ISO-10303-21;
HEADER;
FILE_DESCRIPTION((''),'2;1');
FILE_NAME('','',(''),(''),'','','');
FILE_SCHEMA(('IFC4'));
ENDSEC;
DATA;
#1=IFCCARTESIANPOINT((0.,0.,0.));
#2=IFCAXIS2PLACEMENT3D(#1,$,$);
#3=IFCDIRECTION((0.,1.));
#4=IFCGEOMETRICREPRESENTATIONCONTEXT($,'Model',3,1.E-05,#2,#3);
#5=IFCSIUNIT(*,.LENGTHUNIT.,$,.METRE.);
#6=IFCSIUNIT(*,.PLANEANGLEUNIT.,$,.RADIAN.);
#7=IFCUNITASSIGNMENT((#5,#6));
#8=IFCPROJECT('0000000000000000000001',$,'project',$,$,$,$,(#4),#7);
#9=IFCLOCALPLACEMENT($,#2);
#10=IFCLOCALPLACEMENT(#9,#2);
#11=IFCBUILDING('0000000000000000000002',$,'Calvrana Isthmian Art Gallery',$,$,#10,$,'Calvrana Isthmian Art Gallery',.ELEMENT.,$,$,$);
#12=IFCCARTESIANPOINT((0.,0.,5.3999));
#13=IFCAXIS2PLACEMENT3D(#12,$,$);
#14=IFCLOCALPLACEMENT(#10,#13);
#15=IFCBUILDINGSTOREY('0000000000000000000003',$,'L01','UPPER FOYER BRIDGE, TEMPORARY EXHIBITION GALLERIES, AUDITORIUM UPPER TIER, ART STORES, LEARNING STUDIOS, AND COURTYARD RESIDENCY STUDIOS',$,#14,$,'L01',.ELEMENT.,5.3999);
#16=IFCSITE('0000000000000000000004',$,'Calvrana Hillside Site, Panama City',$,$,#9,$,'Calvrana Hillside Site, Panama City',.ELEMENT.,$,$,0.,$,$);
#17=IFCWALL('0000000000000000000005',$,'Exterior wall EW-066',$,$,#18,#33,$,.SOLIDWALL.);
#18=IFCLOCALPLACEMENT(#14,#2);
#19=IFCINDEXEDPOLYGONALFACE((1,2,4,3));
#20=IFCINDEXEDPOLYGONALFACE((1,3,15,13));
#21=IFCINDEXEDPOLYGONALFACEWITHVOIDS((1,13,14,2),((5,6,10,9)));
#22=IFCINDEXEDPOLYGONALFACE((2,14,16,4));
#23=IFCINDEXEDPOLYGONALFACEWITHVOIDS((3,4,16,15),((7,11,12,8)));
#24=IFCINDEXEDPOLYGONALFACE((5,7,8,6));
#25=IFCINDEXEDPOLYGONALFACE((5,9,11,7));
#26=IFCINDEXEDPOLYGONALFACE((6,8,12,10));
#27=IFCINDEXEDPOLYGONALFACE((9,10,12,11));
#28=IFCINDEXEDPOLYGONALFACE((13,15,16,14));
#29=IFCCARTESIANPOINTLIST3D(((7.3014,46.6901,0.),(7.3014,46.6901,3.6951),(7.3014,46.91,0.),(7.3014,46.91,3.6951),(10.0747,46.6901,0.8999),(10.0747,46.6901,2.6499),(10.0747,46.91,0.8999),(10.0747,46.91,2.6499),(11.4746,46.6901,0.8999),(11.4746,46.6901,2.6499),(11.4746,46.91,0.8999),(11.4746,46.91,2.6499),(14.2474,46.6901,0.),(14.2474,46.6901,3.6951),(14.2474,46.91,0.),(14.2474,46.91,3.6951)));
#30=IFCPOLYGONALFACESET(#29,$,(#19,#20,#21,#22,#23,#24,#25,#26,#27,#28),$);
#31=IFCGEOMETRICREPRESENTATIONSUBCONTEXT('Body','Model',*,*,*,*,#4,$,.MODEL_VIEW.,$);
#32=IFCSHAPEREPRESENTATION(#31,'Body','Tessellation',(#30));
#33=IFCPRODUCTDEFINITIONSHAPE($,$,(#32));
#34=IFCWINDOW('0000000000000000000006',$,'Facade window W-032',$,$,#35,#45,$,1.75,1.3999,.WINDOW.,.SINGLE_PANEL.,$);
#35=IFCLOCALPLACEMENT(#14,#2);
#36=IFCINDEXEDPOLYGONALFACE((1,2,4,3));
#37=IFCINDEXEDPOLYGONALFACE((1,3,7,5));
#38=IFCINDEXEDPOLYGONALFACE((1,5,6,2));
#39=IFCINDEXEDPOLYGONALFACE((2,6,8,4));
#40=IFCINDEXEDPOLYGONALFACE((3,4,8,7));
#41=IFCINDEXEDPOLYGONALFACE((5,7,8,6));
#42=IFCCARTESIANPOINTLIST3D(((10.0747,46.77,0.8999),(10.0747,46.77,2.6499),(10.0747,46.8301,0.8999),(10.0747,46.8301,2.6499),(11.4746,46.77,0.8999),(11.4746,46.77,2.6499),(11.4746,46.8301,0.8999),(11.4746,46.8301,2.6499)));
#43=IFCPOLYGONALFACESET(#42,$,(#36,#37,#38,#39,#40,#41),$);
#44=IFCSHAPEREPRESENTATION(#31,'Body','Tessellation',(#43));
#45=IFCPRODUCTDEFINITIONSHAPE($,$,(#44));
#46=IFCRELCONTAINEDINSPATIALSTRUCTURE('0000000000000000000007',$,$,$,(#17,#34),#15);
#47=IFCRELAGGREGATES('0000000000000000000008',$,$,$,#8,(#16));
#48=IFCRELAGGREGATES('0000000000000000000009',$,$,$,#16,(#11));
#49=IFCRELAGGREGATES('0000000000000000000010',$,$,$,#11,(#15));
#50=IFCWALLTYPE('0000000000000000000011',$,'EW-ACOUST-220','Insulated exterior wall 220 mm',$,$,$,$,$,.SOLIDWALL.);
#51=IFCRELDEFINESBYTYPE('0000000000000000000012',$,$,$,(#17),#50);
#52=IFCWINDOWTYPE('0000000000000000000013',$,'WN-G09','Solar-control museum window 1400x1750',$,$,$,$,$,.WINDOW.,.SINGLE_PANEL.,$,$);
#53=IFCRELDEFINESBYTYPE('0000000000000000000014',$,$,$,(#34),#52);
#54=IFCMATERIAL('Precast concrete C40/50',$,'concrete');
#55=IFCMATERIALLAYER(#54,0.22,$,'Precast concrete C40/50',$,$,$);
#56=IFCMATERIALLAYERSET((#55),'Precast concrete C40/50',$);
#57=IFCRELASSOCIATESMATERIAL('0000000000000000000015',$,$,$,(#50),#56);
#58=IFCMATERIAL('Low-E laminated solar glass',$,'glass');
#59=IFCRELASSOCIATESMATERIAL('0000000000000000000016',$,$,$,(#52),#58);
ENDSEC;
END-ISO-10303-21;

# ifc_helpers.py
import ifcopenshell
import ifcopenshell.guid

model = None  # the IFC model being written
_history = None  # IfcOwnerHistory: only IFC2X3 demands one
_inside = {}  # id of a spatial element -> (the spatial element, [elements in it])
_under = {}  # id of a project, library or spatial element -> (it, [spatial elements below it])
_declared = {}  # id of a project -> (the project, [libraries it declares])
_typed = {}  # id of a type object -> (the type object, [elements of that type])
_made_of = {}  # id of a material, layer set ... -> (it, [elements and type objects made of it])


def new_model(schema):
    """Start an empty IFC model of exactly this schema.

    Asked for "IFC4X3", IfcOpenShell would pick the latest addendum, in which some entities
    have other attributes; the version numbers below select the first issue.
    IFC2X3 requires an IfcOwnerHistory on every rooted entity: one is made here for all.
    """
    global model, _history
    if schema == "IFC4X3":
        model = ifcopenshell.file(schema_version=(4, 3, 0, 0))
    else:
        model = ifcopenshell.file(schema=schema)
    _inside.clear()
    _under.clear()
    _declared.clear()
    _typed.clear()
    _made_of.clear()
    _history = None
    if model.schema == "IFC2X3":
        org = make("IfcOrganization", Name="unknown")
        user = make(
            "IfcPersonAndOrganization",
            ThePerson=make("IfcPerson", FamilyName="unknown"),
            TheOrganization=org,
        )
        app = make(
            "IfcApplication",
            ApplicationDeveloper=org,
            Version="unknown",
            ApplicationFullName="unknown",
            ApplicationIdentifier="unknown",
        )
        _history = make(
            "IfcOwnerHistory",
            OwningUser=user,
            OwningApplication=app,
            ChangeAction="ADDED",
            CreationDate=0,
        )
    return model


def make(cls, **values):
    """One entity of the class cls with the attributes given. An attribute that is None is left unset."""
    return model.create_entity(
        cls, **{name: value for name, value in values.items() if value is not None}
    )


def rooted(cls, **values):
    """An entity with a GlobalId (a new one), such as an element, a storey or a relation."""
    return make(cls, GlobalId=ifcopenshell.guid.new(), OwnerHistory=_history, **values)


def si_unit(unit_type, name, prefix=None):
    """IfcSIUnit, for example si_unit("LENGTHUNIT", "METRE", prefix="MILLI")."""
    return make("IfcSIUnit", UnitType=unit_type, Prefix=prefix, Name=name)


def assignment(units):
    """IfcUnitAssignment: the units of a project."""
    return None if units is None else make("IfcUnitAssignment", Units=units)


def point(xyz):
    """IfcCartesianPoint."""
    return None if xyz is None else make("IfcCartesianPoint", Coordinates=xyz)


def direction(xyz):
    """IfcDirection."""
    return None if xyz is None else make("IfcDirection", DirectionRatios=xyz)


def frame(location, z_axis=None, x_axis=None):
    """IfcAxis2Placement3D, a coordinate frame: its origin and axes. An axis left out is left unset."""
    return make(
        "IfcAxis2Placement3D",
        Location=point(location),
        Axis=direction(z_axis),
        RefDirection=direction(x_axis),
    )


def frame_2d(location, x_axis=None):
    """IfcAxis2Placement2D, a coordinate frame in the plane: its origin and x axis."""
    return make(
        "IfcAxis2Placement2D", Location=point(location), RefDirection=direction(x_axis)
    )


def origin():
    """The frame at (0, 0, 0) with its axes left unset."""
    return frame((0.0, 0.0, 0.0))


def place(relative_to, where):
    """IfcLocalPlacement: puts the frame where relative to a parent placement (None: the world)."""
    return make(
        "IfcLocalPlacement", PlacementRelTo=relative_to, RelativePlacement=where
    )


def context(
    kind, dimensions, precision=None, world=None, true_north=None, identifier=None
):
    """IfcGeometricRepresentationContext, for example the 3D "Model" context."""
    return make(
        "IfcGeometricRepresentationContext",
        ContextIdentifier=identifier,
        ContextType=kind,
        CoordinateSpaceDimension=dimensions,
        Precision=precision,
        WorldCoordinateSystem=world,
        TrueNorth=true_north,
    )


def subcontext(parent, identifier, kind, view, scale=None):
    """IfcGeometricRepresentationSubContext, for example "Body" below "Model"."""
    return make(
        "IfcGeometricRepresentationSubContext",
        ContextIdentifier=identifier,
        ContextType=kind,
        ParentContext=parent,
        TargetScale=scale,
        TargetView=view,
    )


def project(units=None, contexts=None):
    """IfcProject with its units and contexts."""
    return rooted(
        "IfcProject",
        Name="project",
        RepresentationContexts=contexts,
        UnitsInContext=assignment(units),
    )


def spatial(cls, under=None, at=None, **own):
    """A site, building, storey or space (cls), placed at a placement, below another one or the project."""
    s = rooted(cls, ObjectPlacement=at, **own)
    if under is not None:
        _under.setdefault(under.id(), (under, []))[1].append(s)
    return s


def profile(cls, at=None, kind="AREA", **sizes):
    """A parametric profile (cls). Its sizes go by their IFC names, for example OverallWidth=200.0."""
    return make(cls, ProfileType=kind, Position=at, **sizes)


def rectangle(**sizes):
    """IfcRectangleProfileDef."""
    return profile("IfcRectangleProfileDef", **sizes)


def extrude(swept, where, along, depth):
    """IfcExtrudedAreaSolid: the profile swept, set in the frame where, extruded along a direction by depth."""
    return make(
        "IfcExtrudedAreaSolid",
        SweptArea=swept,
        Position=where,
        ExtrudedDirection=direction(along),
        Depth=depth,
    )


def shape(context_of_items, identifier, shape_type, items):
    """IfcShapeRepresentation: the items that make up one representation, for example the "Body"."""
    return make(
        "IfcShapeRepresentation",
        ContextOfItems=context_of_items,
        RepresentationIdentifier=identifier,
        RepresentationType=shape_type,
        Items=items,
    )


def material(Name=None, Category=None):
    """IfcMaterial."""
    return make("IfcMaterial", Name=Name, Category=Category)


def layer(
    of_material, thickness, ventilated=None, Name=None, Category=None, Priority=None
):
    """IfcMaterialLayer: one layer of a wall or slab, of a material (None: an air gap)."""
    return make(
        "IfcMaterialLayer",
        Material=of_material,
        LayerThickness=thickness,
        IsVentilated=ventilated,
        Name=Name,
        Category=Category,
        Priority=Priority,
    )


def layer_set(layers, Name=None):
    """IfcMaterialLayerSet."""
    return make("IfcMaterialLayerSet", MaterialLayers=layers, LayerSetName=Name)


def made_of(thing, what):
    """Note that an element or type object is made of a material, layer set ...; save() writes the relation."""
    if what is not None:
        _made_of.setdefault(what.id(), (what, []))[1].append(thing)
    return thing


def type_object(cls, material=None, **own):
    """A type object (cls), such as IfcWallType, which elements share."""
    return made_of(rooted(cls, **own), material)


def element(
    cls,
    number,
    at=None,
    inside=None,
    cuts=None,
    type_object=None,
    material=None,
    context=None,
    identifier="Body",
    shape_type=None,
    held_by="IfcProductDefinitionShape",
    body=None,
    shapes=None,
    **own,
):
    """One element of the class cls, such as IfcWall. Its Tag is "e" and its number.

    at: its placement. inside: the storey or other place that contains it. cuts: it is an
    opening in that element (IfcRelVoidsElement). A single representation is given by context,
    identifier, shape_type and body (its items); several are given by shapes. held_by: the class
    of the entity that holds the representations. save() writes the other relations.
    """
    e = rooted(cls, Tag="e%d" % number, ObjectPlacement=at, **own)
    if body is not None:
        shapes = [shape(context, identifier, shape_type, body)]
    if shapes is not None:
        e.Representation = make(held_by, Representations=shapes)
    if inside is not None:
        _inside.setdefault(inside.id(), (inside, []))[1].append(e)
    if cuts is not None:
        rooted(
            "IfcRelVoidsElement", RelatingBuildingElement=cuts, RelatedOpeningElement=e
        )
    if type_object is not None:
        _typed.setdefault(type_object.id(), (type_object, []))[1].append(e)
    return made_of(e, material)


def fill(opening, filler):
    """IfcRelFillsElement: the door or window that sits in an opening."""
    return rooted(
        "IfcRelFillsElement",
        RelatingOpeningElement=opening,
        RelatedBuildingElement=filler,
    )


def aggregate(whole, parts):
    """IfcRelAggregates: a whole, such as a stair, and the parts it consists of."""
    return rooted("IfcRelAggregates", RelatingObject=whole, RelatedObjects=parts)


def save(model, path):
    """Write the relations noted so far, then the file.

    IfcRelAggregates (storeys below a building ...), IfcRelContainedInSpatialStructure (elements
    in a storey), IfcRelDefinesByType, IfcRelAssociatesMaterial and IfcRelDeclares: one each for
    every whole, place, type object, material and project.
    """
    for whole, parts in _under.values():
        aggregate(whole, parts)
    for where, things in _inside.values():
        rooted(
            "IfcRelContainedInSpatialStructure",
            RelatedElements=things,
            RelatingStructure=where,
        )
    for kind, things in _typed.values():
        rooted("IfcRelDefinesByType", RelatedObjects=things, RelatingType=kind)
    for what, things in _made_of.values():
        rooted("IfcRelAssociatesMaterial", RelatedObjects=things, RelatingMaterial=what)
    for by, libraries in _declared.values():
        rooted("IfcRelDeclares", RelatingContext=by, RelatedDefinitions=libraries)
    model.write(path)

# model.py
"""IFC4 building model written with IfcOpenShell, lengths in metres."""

from ifc_helpers import new_model, si_unit, direction, frame, frame_2d, origin, place, context, subcontext, project, spatial, rectangle, extrude, material, layer, layer_set, type_object, element, fill, save


model = new_model("IFC4")

# Units and contexts
model_context = context("Model", 3, precision=1e-05, world=origin(), true_north=direction((0.0, 1.0)))
body_context = subcontext(model_context, "Body", "Model", "MODEL_VIEW")
ifc_project = project(units=[si_unit("LENGTHUNIT", "METRE"), si_unit("PLANEANGLEUNIT", "RADIAN")], contexts=[model_context])

# Site, building, storey
site_placement = place(None, origin())
site = spatial("IfcSite", under=ifc_project, at=site_placement, Name="Calvrana Hillside Site, Panama City", LongName="Calvrana Hillside Site, Panama City", CompositionType="ELEMENT", RefElevation=0.0)
building_placement = place(site_placement, origin())
building = spatial("IfcBuilding", under=site, at=building_placement, Name="Calvrana Isthmian Art Gallery", LongName="Calvrana Isthmian Art Gallery", CompositionType="ELEMENT")
storey_placement = place(building_placement, frame((0.0, 0.0, 5.3999)))
storey = spatial("IfcBuildingStorey", under=building, at=storey_placement, Name="L01", Description="UPPER FOYER BRIDGE, TEMPORARY EXHIBITION GALLERIES, AUDITORIUM UPPER TIER, ART STORES, LEARNING STUDIOS, AND COURTYARD RESIDENCY STUDIOS", LongName="L01", CompositionType="ELEMENT", Elevation=5.3999)

# Shared definitions
ifc_material_1 = material(Name="Low-E laminated solar glass", Category="glass")

# Wall, opening, window
ifc_material_2 = material(Name="Precast concrete C40/50", Category="concrete")
ifc_layer_1 = layer(ifc_material_2, 0.22, Name="Precast concrete C40/50")
ifc_layer_set_1 = layer_set([ifc_layer_1], Name="Precast concrete C40/50")
wall_type = type_object("IfcWallType", Name="EW-ACOUST-220", Description="Insulated exterior wall 220 mm", PredefinedType="SOLIDWALL", material=ifc_layer_set_1)
wall_placement = place(storey_placement, frame((14.2476, 46.8, 0.0), z_axis=(0.0, 0.0, 1.0), x_axis=(-1.0, 0.0, 0.0)))
wall = element("IfcWall", 1, at=wall_placement, inside=storey, type_object=wall_type, Name="Exterior wall EW-066", PredefinedType="SOLIDWALL", context=body_context, shape_type="SweptSolid", body=[
    extrude(rectangle(XDim=6.946, YDim=0.22, at=frame_2d((3.4731, 0.0))), origin(), (0.0, 0.0, 1.0), 3.6951),
])
opening_placement = place(wall_placement, frame((2.7729, 0.0, 0.8999)))
opening = element("IfcOpeningElement", 2, at=opening_placement, cuts=wall, PredefinedType="OPENING", context=body_context, shape_type="SweptSolid", body=[
    extrude(rectangle(XDim=1.3999, YDim=1.75, at=frame_2d((0.7, 0.875))), frame((0.0, 0.1201, 0.0), z_axis=(0.0, -1.0, 0.0), x_axis=(1.0, 0.0, 0.0)), (0.0, 0.0, 1.0), 0.2405),
])
window_type = type_object("IfcWindowType", Name="WN-G09", Description="Solar-control museum window 1400x1750", PartitioningType="SINGLE_PANEL", PredefinedType="WINDOW", material=ifc_material_1)
window_placement = place(opening_placement, origin())
window = element("IfcWindow", 3, at=window_placement, inside=storey, type_object=window_type, Name="Facade window W-032", OverallHeight=1.75, OverallWidth=1.3999, PartitioningType="SINGLE_PANEL", PredefinedType="WINDOW", context=body_context, shape_type="SweptSolid", body=[
    extrude(rectangle(XDim=1.3999, YDim=1.75, at=frame_2d((0.7, 0.875))), frame((0.0, 0.03, 0.0), z_axis=(0.0, -1.0, 0.0), x_axis=(1.0, 0.0, 0.0)), (0.0, 0.0, 1.0), 0.0601),
])
fill(opening, window)

save(model, "model.ifc")
